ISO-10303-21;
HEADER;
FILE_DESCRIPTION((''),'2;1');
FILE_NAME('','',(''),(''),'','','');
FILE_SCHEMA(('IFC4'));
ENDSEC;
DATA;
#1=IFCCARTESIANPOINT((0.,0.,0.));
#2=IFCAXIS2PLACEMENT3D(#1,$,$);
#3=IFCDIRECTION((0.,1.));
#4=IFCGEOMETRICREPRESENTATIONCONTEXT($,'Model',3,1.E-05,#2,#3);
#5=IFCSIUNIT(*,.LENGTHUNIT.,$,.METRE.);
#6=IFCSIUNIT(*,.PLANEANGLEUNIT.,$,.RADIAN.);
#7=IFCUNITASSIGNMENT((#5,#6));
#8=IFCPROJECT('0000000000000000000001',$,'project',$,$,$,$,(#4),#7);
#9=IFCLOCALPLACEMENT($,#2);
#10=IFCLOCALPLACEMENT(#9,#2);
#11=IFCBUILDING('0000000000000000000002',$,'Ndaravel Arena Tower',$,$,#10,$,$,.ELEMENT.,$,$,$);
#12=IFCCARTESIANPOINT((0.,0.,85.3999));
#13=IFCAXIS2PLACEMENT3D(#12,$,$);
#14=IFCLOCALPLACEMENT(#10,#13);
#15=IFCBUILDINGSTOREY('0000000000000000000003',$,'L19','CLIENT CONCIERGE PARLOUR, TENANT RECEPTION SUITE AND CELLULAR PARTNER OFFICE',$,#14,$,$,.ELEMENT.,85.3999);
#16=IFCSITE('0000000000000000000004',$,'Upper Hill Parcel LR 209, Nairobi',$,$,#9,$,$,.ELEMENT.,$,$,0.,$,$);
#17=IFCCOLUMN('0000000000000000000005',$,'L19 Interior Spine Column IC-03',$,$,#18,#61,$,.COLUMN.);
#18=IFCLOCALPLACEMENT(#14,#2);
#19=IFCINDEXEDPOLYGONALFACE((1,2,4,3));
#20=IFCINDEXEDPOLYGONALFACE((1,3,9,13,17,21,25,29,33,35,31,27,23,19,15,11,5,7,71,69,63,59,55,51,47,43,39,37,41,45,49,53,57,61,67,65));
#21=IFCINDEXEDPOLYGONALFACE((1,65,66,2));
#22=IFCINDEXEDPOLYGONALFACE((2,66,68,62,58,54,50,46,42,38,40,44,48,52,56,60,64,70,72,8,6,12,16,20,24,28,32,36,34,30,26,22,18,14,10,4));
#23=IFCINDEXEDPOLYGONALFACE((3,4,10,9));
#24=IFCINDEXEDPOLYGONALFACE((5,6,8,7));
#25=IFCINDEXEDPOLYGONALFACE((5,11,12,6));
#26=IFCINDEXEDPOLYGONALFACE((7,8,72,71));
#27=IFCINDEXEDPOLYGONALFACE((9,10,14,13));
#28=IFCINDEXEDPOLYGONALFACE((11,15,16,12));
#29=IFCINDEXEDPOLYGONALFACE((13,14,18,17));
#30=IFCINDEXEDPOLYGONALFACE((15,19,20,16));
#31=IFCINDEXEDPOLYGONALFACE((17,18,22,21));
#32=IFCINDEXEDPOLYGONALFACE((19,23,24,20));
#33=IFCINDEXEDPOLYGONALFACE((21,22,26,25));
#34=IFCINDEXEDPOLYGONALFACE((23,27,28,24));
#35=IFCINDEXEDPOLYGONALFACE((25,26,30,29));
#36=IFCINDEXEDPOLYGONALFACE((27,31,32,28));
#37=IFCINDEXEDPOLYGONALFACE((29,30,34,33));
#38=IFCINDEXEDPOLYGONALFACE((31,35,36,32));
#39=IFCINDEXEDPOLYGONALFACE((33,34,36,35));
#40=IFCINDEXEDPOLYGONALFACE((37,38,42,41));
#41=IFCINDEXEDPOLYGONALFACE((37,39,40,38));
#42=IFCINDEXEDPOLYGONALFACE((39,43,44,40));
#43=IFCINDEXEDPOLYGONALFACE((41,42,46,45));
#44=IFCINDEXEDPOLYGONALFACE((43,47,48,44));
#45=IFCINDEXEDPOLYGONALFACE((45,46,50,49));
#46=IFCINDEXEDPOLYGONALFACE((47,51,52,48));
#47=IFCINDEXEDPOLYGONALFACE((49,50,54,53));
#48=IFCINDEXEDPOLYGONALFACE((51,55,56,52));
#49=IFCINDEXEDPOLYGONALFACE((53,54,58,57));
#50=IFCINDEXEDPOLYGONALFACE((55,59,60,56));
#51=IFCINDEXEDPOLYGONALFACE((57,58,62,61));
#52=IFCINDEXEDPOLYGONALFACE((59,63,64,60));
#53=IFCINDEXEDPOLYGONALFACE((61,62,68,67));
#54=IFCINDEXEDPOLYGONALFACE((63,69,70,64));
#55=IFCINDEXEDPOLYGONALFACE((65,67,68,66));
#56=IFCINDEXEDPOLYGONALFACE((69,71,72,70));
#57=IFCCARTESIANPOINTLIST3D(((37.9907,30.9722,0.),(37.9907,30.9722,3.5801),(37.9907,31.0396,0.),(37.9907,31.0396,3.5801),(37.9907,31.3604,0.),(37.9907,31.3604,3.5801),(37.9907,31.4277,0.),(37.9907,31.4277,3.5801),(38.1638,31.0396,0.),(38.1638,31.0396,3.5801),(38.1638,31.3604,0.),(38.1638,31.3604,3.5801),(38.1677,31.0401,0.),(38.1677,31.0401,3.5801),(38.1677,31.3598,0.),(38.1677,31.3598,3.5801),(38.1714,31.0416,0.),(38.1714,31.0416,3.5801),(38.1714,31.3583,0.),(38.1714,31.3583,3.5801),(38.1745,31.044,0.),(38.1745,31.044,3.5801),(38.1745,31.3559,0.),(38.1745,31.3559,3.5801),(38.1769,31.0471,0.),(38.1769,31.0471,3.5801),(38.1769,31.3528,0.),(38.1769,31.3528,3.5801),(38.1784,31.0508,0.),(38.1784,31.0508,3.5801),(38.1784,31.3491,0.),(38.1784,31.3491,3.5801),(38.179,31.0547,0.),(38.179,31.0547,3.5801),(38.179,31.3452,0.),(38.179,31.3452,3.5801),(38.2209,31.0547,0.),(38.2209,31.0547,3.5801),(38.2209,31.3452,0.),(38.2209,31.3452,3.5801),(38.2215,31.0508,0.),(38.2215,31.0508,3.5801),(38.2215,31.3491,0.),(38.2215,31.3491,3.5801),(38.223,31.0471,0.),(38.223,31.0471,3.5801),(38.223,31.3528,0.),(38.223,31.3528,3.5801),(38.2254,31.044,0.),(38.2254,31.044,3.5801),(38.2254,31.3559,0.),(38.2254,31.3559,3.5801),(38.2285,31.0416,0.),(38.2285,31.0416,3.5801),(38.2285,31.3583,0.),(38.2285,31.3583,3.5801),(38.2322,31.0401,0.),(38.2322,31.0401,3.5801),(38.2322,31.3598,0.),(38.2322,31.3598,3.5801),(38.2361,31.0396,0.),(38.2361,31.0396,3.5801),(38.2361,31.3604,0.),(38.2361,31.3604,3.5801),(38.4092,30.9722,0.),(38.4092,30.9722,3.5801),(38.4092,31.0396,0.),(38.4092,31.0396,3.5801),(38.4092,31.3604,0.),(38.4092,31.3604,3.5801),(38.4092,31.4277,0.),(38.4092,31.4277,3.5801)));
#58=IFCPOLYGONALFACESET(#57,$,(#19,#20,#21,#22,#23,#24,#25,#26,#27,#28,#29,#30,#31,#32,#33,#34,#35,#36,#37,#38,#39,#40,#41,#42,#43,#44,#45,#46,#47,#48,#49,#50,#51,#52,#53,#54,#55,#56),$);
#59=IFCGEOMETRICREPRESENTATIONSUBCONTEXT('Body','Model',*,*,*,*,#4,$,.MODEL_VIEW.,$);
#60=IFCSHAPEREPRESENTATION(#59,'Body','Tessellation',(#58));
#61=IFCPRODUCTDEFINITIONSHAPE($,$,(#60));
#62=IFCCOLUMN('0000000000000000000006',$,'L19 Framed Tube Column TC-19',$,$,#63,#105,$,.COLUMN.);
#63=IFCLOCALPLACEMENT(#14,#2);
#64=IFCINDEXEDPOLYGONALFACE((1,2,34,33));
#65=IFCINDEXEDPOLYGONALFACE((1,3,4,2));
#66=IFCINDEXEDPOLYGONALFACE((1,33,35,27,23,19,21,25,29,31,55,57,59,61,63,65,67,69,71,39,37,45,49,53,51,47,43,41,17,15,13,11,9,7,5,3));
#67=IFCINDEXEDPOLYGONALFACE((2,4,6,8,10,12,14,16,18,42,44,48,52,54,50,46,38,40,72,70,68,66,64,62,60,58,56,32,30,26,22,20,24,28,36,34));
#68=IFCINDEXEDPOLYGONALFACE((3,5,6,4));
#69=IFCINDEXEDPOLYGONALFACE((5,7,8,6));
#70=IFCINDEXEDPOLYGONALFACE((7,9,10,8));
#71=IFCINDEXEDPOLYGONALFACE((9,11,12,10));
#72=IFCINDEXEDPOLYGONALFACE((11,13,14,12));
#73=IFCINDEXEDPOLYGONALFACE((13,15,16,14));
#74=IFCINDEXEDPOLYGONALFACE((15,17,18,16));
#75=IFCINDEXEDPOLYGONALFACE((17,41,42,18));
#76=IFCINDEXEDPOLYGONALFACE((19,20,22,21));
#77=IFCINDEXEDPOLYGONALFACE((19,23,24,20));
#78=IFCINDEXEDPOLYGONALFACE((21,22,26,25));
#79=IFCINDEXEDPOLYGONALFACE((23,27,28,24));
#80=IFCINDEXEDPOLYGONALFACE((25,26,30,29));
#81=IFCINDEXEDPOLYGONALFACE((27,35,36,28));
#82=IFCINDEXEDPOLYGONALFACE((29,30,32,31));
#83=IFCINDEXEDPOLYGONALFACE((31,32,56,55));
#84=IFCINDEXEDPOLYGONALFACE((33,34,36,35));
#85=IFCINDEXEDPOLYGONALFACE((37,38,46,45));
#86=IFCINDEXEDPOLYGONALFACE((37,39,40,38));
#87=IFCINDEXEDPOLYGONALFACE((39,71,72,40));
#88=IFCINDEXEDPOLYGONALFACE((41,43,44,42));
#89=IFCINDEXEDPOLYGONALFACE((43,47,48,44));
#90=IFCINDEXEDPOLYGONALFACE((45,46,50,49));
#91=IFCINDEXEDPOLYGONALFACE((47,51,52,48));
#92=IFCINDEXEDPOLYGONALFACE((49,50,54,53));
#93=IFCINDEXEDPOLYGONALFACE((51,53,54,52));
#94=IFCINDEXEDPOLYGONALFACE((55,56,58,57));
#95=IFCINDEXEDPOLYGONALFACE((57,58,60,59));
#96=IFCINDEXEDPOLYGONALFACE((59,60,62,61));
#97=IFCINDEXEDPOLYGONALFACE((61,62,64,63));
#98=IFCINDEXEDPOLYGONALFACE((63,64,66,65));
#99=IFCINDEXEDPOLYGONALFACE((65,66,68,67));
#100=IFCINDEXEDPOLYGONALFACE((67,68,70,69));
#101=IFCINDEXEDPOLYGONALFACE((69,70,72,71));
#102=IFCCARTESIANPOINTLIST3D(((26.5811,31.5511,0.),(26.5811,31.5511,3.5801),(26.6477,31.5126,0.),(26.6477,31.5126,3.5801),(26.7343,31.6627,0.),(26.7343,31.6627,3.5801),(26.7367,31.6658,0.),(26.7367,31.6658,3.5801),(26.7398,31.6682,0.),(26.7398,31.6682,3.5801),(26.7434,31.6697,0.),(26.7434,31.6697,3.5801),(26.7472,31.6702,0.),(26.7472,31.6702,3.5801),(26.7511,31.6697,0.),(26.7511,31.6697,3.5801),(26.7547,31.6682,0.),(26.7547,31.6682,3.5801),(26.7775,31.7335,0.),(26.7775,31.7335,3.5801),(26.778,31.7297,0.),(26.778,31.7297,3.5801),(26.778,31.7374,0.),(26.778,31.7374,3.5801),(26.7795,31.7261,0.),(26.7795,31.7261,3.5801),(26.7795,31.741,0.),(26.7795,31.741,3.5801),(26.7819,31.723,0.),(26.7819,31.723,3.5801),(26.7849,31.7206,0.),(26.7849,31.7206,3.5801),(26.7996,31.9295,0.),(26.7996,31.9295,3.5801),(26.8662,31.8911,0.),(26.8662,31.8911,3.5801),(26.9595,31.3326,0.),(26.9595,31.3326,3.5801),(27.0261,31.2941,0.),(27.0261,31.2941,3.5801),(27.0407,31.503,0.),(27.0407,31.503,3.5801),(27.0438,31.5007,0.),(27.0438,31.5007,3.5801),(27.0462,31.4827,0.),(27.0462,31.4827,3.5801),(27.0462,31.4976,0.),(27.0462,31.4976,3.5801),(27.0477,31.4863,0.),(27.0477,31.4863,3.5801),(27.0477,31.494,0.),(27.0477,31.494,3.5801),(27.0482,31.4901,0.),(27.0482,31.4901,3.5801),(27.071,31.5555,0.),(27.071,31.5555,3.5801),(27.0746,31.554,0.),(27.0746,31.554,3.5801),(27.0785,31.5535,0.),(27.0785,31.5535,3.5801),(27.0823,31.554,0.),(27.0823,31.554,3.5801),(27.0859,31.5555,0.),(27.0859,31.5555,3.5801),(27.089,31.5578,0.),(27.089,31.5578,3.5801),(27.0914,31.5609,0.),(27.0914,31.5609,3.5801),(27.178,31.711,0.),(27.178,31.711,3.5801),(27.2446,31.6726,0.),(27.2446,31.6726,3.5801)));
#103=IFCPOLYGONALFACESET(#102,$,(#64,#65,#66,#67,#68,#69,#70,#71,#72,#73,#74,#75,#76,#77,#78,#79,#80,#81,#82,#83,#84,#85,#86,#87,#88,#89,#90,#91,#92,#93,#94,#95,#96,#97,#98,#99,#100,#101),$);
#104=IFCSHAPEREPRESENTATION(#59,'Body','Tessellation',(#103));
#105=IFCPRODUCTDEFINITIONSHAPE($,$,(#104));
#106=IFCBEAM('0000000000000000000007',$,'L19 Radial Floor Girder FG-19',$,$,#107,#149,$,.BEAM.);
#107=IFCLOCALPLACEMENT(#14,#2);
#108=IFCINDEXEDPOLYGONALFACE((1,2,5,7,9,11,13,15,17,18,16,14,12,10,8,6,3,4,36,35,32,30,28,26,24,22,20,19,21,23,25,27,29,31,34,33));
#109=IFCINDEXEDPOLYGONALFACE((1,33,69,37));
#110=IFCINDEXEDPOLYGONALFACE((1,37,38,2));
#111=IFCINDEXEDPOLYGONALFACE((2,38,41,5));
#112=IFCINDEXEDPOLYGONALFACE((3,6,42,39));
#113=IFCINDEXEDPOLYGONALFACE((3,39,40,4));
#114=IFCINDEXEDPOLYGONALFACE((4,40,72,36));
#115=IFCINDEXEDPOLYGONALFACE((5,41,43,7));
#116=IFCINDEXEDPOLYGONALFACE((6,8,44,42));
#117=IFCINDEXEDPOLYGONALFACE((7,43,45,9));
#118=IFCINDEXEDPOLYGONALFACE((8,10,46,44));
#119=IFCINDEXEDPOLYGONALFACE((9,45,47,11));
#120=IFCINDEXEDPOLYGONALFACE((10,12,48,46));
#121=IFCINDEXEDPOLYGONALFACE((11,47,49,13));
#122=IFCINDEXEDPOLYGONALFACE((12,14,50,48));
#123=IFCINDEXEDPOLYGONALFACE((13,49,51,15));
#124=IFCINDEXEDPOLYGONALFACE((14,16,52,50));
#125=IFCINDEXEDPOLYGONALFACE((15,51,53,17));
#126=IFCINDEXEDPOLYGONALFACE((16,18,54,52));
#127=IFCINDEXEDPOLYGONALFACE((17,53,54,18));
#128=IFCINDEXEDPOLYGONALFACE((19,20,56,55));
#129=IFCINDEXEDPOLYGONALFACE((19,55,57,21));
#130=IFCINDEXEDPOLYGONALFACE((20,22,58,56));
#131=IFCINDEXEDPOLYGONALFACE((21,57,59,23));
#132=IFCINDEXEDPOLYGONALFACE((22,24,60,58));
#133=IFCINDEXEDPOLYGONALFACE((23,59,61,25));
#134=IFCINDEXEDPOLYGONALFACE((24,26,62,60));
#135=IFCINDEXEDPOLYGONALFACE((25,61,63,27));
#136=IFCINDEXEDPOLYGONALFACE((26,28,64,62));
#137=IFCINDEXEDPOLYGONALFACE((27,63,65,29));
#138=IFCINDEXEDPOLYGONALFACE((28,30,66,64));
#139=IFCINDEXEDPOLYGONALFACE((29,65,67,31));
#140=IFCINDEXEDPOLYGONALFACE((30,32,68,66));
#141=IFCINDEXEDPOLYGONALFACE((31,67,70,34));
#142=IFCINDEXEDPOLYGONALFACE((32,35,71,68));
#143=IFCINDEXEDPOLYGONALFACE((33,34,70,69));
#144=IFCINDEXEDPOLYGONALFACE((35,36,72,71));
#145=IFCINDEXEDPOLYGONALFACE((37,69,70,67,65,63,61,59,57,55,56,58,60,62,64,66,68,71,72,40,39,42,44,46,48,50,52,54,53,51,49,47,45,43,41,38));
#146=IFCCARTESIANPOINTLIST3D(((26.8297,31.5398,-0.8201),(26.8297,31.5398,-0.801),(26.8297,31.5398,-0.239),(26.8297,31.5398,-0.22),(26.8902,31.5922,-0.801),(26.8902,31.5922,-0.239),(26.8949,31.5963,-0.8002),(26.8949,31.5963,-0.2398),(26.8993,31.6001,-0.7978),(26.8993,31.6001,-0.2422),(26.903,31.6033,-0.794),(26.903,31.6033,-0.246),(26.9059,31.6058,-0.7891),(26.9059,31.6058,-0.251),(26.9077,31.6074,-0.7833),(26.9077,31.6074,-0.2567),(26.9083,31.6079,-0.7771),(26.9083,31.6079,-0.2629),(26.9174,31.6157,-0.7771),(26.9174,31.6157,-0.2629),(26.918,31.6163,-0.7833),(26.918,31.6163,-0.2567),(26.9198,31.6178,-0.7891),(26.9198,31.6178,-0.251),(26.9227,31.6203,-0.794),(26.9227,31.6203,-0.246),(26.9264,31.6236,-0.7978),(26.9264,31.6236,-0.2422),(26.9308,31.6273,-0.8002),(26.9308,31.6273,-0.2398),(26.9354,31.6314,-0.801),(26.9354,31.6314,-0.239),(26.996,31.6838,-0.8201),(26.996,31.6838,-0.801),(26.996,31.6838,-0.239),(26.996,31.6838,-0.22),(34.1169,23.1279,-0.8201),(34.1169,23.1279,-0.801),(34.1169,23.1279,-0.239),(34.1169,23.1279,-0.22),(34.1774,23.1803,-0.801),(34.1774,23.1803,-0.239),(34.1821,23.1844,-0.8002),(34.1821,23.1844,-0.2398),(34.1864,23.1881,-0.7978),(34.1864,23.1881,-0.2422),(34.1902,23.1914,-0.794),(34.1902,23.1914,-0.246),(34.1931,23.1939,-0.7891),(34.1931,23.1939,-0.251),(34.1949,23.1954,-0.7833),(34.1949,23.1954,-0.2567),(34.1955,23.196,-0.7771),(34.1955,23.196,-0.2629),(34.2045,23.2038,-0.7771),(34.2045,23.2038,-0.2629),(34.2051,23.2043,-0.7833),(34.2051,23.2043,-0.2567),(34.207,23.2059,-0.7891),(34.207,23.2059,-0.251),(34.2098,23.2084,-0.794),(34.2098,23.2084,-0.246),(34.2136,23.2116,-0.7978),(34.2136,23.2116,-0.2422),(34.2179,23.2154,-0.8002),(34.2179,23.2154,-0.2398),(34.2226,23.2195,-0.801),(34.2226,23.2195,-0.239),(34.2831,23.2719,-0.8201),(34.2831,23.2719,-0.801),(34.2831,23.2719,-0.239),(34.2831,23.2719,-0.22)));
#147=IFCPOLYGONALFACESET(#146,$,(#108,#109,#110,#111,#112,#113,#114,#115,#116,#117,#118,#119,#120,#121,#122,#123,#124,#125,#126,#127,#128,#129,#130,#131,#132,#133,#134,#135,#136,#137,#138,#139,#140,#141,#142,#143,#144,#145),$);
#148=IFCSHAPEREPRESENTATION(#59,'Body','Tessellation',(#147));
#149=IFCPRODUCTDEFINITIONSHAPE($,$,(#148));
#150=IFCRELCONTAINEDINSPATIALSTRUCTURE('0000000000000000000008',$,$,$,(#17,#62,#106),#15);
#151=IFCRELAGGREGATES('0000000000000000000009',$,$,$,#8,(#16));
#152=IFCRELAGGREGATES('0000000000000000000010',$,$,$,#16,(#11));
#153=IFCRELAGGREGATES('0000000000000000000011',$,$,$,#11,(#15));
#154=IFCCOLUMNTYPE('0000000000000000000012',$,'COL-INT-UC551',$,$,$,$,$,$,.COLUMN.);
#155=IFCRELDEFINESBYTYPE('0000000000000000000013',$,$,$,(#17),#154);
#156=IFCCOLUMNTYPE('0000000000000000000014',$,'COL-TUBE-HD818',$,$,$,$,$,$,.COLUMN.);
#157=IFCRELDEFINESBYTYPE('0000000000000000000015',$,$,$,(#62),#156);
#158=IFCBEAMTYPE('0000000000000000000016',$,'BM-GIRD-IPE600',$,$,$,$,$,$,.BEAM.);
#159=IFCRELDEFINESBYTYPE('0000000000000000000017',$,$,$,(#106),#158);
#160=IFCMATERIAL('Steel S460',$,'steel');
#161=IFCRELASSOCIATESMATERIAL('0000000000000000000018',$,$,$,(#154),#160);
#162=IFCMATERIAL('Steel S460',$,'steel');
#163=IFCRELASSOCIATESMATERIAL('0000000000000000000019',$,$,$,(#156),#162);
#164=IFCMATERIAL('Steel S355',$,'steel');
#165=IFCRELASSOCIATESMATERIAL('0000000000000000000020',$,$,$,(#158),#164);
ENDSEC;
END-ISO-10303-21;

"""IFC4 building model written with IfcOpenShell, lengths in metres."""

from ifc_helpers import new_model, si_unit, direction, frame, origin, origin_2d, place, context, subcontext, project, spatial, i_section, extrude, material, material_profile, profile_set, type_object, element, save


model = new_model("IFC4")

# Units and contexts
model_context = context("Model", 3, precision=1e-05, world=origin(), true_north=direction((0.0, 1.0)))
body_context = subcontext(model_context, "Body", "Model", "MODEL_VIEW")
ifc_project = project(units=[si_unit("LENGTHUNIT", "METRE"), si_unit("PLANEANGLEUNIT", "RADIAN")], contexts=[model_context])

# Site, building, storey
site_placement = place(None, origin())
site = spatial("IfcSite", under=ifc_project, at=site_placement, Name="Upper Hill Parcel LR 209, Nairobi", CompositionType="ELEMENT", RefElevation=0.0)
building_placement = place(site_placement, origin())
building = spatial("IfcBuilding", under=site, at=building_placement, Name="Ndaravel Arena Tower", CompositionType="ELEMENT")
storey_placement = place(building_placement, frame((0.0, 0.0, 85.3999)))
storey = spatial("IfcBuildingStorey", under=building, at=storey_placement, Name="L19", Description="CLIENT CONCIERGE PARLOUR, TENANT RECEPTION SUITE AND CELLULAR PARTNER OFFICE", CompositionType="ELEMENT", Elevation=85.3999)

# Columns
ifc_material_1 = material(Name="Steel S460", Category="steel")
ifc_material_profile_1 = material_profile(ifc_material_1, i_section(OverallWidth=0.4185, OverallDepth=0.4556, WebThickness=0.042, FlangeThickness=0.0674, FilletRadius=0.0151, at=origin_2d()), Name="UC 356x406x551")
ifc_profile_set_1 = profile_set([ifc_material_profile_1], Name="Steel S460")
column_type_1 = type_object("IfcColumnType", Name="COL-INT-UC551", PredefinedType="COLUMN", material=ifc_profile_set_1)
column_1_placement = place(storey_placement, frame((38.2, 31.2, 0.0), z_axis=(0.0, 0.0, 1.0), x_axis=(1.0, 0.0, 0.0)))
element("IfcColumn", 1, at=column_1_placement, inside=storey, type_object=column_type_1, Name="L19 Interior Spine Column IC-03", PredefinedType="COLUMN", context=body_context, shape_type="SweptSolid", body=[
    extrude(i_section(OverallWidth=0.4185, OverallDepth=0.4556, WebThickness=0.042, FlangeThickness=0.0674, FilletRadius=0.0151, at=origin_2d()), origin(), (0.0, 0.0, 1.0), 3.5801),
])
ifc_material_2 = material(Name="Steel S460", Category="steel")
ifc_material_profile_2 = material_profile(ifc_material_2, i_section(OverallWidth=0.437, OverallDepth=0.5139, WebThickness=0.0605, FlangeThickness=0.0769, FilletRadius=0.0149, at=origin_2d()), Name="HD 400x818")
ifc_profile_set_2 = profile_set([ifc_material_profile_2], Name="Steel S460")
column_type_2 = type_object("IfcColumnType", Name="COL-TUBE-HD818", PredefinedType="COLUMN", material=ifc_profile_set_2)
column_2_placement = place(storey_placement, frame((26.9128, 31.6118, 0.0), z_axis=(0.0, 0.0, 1.0), x_axis=(0.5, 0.866025, 0.0)))
element("IfcColumn", 2, at=column_2_placement, inside=storey, type_object=column_type_2, Name="L19 Framed Tube Column TC-19", PredefinedType="COLUMN", context=body_context, shape_type="SweptSolid", body=[
    extrude(i_section(OverallWidth=0.437, OverallDepth=0.5139, WebThickness=0.0605, FlangeThickness=0.0769, FilletRadius=0.0149, at=origin_2d()), origin(), (0.0, 0.0, 1.0), 3.5801),
])

# Beam
ifc_material_3 = material(Name="Steel S355", Category="steel")
ifc_material_profile_3 = material_profile(ifc_material_3, i_section(OverallWidth=0.22, OverallDepth=0.6001, WebThickness=0.012, FlangeThickness=0.019, FilletRadius=0.0239, at=origin_2d()), Name="IPE 600")
ifc_profile_set_3 = profile_set([ifc_material_profile_3], Name="Steel S355")
beam_type_1 = type_object("IfcBeamType", Name="BM-GIRD-IPE600", PredefinedType="BEAM", material=ifc_profile_set_3)
beam_1_placement = place(storey_placement, frame((26.9128, 31.6118, -0.52), z_axis=(0.654768, -0.75583, 0.0), x_axis=(0.75583, 0.654768, 0.0)))
element("IfcBeam", 3, at=beam_1_placement, inside=storey, type_object=beam_type_1, Name="L19 Radial Floor Girder FG-19", PredefinedType="BEAM", context=body_context, shape_type="SweptSolid", body=[
    extrude(i_section(OverallWidth=0.22, OverallDepth=0.6001, WebThickness=0.012, FlangeThickness=0.019, FilletRadius=0.0239, at=origin_2d()), origin(), (0.0, 0.0, 1.0), 11.1294),
])

save(model, "model.ifc")
